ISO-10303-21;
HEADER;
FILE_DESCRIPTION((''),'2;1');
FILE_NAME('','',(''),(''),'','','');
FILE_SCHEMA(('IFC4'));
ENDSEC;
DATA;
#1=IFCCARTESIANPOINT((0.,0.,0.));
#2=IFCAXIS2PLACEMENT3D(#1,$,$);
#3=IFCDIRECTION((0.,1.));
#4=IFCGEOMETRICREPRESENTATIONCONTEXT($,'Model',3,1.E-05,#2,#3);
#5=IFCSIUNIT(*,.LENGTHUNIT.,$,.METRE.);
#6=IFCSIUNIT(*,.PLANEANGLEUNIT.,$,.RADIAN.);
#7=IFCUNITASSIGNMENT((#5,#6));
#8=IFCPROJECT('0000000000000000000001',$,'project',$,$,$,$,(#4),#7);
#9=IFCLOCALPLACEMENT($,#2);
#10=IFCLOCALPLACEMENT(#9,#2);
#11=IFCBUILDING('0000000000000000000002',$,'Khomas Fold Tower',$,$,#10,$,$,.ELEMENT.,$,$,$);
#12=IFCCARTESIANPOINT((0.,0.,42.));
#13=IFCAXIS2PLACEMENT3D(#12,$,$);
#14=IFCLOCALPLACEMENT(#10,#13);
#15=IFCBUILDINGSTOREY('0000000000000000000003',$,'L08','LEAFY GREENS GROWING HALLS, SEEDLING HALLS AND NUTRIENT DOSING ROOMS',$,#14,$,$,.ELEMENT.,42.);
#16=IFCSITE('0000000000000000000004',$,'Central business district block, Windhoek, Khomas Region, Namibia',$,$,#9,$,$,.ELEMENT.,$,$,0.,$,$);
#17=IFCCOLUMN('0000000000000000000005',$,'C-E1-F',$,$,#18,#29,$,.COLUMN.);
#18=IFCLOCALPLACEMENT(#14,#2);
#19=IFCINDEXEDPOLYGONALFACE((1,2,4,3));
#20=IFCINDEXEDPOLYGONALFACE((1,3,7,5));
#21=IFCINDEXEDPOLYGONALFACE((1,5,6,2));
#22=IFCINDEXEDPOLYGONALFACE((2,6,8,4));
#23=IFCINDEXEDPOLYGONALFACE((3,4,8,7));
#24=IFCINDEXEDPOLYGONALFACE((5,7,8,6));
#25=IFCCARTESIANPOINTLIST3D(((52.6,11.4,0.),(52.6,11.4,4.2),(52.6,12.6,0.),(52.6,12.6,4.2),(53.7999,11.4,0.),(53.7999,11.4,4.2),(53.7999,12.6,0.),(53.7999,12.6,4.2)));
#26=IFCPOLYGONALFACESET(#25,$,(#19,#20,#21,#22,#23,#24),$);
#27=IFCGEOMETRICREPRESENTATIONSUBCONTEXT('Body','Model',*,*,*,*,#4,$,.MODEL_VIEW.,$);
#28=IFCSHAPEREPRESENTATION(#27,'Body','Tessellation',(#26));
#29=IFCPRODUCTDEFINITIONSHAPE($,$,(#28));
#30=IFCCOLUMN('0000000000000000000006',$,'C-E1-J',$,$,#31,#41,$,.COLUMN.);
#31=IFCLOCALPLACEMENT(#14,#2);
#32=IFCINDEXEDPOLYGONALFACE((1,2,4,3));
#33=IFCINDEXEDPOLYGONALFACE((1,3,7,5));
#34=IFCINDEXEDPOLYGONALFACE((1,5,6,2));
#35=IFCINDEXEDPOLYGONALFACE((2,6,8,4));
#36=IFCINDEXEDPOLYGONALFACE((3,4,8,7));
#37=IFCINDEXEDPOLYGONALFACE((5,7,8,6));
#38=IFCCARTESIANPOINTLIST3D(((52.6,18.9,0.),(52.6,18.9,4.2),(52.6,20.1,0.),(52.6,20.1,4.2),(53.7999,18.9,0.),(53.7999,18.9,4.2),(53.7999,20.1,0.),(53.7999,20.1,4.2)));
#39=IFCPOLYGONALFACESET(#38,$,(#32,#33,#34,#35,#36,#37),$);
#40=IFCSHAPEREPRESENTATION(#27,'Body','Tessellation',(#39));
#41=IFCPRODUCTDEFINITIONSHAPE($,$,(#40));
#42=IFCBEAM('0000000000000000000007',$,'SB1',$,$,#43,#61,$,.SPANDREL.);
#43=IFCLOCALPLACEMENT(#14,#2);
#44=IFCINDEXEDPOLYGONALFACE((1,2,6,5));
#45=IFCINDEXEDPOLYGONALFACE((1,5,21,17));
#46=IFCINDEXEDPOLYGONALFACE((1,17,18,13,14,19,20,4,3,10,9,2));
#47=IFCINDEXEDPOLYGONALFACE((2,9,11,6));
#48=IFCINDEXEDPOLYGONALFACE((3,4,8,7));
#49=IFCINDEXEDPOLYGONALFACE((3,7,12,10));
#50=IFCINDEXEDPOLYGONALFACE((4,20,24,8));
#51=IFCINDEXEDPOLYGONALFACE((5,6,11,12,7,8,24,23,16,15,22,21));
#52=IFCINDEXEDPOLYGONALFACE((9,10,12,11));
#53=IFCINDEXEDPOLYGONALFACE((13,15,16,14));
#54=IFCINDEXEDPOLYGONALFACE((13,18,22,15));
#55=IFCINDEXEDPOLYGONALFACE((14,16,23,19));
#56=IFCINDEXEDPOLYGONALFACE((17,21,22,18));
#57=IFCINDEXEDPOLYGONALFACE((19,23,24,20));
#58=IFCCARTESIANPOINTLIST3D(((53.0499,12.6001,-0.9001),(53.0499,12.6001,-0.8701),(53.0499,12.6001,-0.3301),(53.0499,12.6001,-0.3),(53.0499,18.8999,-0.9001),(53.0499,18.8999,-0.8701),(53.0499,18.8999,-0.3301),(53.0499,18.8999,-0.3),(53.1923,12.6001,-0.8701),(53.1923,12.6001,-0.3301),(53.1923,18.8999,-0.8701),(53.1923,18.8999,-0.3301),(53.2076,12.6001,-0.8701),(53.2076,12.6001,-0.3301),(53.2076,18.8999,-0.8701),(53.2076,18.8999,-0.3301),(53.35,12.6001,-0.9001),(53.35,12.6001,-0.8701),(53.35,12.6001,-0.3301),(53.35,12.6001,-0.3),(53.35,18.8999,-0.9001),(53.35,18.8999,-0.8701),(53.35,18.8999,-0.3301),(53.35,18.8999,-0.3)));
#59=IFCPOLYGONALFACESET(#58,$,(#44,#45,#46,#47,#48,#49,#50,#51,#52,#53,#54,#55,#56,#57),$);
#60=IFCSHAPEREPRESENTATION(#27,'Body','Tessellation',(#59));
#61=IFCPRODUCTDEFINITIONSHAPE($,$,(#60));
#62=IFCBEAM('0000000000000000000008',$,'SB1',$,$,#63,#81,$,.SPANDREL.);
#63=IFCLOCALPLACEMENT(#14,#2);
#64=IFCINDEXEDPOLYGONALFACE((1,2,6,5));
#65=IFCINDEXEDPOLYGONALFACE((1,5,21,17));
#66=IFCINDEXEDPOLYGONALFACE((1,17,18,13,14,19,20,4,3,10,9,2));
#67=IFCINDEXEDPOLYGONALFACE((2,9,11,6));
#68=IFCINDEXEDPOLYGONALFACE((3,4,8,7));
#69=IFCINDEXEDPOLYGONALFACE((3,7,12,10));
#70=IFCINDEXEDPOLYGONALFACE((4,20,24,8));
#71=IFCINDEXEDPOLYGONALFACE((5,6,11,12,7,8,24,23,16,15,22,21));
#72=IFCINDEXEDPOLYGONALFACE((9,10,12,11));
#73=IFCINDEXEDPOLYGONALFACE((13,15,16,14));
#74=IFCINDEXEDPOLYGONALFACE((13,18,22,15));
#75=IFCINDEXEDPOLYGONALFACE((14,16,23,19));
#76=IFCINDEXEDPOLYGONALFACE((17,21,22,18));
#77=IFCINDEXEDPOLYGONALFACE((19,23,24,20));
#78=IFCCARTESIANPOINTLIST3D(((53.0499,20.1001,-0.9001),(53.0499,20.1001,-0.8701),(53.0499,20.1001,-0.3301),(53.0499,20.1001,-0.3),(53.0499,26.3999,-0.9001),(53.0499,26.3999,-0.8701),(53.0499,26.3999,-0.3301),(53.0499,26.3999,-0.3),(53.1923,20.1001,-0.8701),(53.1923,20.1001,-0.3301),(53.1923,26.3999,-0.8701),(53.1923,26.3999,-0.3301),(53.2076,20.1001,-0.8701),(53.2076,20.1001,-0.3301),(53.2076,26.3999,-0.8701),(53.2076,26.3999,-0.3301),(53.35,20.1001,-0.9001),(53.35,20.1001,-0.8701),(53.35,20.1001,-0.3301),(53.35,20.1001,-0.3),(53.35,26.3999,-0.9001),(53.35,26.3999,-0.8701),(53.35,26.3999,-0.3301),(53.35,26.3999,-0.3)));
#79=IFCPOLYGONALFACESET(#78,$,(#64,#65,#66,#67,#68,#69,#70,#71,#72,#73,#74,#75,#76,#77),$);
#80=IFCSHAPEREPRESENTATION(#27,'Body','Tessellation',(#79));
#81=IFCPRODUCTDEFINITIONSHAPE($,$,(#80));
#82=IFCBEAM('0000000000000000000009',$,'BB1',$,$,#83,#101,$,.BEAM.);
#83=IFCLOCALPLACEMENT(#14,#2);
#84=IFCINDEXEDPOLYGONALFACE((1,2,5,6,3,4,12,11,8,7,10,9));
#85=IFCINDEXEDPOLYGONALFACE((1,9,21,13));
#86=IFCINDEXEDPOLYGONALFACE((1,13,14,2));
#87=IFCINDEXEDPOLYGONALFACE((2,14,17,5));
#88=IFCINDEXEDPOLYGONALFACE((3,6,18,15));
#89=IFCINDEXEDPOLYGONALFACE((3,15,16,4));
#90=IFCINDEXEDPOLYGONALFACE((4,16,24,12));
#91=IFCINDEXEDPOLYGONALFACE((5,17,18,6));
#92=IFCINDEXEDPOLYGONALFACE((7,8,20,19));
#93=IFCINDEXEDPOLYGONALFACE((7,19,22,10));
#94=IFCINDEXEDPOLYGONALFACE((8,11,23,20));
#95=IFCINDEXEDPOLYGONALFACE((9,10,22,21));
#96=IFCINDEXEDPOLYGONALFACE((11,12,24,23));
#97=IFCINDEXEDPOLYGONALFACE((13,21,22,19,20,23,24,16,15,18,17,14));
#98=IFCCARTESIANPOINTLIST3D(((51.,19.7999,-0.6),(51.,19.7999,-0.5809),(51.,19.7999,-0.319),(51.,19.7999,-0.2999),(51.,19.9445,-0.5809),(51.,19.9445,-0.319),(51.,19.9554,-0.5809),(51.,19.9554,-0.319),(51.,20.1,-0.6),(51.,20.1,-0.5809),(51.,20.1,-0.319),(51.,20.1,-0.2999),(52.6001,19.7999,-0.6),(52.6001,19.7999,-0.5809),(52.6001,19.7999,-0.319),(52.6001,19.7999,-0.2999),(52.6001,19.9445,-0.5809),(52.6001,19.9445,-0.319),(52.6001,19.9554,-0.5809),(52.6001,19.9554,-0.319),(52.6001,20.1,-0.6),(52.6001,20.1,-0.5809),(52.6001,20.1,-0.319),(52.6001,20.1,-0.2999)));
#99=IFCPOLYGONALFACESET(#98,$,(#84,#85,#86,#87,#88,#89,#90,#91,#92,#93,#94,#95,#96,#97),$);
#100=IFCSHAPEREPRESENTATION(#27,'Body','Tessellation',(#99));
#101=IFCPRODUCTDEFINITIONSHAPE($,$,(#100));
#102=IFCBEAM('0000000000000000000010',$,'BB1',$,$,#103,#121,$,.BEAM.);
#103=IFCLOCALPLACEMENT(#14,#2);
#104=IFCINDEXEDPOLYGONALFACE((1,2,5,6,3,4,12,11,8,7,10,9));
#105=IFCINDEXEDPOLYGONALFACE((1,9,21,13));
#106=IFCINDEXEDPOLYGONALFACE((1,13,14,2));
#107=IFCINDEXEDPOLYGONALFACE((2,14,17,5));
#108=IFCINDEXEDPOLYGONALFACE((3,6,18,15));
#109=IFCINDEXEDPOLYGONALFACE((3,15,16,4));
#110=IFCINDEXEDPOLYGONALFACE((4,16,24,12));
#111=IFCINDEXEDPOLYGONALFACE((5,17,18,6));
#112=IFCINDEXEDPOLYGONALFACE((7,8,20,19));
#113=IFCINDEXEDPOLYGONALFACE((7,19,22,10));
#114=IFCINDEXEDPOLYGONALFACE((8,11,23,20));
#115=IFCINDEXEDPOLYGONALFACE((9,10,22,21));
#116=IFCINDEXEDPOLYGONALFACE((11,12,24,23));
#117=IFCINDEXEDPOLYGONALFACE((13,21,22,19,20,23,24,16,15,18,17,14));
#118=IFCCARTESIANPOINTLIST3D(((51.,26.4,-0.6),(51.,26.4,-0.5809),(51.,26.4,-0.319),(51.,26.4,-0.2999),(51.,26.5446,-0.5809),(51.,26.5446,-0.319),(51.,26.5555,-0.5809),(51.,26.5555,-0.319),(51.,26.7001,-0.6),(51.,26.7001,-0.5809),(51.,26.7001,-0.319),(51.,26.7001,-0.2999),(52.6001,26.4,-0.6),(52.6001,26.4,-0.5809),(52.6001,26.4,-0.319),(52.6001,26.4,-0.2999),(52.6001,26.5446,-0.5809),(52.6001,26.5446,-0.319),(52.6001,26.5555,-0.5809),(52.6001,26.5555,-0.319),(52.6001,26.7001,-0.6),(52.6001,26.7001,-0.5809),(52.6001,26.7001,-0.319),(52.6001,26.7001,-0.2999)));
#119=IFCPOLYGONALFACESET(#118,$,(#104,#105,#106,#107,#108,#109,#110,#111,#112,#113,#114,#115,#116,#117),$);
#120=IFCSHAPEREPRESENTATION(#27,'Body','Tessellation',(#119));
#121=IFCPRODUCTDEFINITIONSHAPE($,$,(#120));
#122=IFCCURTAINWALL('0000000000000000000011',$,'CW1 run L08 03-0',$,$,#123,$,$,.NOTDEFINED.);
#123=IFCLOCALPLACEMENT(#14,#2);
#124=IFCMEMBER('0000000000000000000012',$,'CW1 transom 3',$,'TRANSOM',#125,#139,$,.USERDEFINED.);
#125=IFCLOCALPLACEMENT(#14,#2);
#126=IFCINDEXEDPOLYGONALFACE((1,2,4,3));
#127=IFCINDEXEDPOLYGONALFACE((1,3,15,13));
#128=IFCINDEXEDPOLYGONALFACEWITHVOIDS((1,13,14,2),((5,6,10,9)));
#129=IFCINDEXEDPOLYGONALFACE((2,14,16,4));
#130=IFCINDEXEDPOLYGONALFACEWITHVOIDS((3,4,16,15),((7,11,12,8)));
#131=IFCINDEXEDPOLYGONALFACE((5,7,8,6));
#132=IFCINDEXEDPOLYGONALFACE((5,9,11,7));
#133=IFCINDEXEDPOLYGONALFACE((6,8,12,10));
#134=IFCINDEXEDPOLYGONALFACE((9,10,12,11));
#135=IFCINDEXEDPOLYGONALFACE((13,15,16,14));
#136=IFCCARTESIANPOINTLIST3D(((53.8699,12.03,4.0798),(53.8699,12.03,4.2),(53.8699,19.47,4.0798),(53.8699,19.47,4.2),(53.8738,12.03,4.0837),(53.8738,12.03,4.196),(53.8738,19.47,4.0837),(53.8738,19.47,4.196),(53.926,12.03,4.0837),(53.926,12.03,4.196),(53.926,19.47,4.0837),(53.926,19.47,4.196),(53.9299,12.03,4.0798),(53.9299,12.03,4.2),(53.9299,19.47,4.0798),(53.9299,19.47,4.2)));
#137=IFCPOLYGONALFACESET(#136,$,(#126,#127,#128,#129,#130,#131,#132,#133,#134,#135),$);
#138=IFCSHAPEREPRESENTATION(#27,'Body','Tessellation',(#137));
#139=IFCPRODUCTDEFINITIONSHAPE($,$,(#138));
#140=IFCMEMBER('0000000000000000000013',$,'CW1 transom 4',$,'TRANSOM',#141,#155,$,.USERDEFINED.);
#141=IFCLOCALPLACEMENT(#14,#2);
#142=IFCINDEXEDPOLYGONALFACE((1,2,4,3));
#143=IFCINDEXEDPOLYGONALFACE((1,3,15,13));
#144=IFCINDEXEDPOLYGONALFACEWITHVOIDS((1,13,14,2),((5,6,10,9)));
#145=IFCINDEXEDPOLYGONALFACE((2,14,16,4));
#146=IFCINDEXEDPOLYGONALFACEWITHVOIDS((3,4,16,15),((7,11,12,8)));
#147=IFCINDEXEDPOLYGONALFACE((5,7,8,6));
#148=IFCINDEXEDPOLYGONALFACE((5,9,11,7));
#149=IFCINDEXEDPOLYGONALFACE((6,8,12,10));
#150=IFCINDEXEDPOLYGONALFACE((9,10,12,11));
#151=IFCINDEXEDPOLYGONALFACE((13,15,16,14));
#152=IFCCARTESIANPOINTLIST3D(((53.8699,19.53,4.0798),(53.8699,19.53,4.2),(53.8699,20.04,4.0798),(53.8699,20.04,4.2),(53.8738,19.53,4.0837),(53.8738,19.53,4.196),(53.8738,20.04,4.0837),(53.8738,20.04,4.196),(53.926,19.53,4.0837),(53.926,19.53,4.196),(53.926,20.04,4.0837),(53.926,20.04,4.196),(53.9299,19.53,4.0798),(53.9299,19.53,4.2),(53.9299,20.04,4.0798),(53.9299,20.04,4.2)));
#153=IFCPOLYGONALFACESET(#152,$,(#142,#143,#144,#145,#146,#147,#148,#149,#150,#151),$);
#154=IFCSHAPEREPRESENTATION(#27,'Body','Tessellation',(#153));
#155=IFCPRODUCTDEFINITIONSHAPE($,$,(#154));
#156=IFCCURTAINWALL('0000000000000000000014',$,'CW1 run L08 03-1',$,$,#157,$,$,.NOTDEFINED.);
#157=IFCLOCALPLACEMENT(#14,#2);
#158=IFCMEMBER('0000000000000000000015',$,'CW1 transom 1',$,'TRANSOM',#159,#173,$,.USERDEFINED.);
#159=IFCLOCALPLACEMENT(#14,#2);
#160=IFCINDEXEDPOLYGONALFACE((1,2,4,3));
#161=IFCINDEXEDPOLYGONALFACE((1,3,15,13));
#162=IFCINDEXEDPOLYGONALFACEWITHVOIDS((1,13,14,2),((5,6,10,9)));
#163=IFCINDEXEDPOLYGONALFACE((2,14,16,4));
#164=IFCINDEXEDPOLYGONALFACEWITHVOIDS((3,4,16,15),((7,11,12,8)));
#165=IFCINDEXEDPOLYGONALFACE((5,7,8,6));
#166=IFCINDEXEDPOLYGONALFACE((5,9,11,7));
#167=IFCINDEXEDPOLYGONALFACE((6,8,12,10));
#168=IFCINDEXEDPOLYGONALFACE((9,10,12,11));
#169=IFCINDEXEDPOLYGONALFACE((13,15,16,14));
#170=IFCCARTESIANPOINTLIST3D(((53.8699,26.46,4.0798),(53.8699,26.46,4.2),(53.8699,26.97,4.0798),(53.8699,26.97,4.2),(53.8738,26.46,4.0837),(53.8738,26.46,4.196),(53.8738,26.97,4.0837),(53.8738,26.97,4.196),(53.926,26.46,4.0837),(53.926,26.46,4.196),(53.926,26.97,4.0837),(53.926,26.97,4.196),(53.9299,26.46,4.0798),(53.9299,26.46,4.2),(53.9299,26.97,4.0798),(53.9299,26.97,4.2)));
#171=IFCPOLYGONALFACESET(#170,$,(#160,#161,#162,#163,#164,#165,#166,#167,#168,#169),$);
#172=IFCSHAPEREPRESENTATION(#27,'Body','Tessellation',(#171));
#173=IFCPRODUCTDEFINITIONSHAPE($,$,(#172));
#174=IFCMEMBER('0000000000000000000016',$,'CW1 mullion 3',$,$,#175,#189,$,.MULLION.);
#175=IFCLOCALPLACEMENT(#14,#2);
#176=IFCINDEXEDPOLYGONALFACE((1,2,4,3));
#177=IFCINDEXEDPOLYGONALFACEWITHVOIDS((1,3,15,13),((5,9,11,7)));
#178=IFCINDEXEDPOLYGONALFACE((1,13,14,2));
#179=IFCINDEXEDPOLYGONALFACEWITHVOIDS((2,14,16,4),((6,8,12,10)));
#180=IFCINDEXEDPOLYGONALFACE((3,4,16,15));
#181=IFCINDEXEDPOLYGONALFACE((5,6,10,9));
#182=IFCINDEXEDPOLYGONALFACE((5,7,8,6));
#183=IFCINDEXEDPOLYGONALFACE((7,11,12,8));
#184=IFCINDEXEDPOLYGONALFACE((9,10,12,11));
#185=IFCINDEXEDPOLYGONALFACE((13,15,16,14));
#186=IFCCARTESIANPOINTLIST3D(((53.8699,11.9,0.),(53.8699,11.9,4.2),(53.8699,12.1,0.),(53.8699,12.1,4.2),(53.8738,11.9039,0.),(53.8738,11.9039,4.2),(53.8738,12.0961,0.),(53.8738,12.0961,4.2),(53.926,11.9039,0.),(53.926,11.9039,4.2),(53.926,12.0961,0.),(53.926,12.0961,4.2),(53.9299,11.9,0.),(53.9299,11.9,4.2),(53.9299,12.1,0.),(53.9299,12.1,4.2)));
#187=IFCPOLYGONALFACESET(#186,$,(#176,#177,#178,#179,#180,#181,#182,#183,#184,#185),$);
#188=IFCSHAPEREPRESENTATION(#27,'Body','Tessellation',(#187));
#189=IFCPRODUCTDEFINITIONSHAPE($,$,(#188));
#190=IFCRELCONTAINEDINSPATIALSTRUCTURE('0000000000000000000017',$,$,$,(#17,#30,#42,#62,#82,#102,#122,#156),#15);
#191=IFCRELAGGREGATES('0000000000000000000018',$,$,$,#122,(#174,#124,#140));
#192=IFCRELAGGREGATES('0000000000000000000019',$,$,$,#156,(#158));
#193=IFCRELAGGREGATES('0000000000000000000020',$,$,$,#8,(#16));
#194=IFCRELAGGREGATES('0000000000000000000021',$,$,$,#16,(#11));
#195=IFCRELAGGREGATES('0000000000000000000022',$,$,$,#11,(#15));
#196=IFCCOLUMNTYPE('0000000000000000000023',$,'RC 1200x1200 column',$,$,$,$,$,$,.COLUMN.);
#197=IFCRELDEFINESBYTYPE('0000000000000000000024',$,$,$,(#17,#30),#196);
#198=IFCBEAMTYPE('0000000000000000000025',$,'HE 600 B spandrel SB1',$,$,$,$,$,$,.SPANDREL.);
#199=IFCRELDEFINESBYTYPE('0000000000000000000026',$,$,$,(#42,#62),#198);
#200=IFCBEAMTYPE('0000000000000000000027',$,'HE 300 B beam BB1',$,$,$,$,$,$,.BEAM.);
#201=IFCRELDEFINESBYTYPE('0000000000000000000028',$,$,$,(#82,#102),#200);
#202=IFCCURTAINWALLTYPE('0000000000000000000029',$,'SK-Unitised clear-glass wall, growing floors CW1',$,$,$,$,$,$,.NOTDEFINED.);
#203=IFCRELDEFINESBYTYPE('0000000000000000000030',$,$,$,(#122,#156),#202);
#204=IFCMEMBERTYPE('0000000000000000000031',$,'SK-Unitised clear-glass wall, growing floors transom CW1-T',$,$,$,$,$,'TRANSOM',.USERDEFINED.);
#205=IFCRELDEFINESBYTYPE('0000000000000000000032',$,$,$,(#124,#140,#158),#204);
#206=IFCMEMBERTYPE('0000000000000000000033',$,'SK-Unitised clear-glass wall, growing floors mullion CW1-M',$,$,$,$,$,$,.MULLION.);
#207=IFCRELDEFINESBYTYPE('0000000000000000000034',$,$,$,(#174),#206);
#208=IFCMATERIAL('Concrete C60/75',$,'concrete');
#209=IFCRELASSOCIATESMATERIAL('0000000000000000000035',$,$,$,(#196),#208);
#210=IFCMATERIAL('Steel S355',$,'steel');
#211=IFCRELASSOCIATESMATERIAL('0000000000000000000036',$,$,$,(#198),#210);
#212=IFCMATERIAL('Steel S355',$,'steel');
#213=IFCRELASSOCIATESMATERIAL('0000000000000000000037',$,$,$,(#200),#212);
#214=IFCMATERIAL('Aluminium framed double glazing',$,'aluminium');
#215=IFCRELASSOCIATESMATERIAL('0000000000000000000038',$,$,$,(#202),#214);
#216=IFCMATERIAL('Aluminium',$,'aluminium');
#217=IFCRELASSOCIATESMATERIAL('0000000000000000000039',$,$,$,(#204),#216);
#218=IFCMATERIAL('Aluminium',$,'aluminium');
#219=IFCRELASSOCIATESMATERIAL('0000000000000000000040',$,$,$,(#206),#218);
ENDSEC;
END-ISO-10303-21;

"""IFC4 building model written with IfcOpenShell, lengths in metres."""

from ifc_helpers import new_model, si_unit, direction, frame, origin, origin_2d, place, context, subcontext, project, spatial, rectangle, hollow_rectangle, i_section, extrude, source, transform, mapped, material, material_profile, profile_set, type_object, element, aggregate, save


model = new_model("IFC4")

# Units and contexts
model_context = context("Model", 3, precision=1e-05, world=origin(), true_north=direction((0.0, 1.0)))
body_context = subcontext(model_context, "Body", "Model", "MODEL_VIEW")
ifc_project = project(units=[si_unit("LENGTHUNIT", "METRE"), si_unit("PLANEANGLEUNIT", "RADIAN")], contexts=[model_context])

# Site, building, storey
site_placement = place(None, origin())
site = spatial("IfcSite", under=ifc_project, at=site_placement, Name="Central business district block, Windhoek, Khomas Region, Namibia", CompositionType="ELEMENT", RefElevation=0.0)
building_placement = place(site_placement, origin())
building = spatial("IfcBuilding", under=site, at=building_placement, Name="Khomas Fold Tower", CompositionType="ELEMENT")
storey_placement = place(building_placement, frame((0.0, 0.0, 42.0)))
storey = spatial("IfcBuildingStorey", under=building, at=storey_placement, Name="L08", Description="LEAFY GREENS GROWING HALLS, SEEDLING HALLS AND NUTRIENT DOSING ROOMS", CompositionType="ELEMENT", Elevation=42.0)

# Columns
ifc_material_1 = material(Name="Concrete C60/75", Category="concrete")
ifc_material_profile_1 = material_profile(ifc_material_1, rectangle(XDim=1.2, YDim=1.2, at=origin_2d()), Name="RC 1200x1200")
ifc_profile_set_1 = profile_set([ifc_material_profile_1], Name="Concrete C60/75")
column_type = type_object("IfcColumnType", Name="RC 1200x1200 column", PredefinedType="COLUMN", material=ifc_profile_set_1)
shared_shape_1 = source(origin(), body_context, "Body", "SweptSolid", [
    extrude(rectangle(XDim=1.2, YDim=1.2, at=origin_2d()), origin(), (0.0, 0.0, 1.0), 4.2),
])
for number, where, z_axis, x_axis, name in (
    (1, (53.2, 12.0, 0.0), (0.0, 0.0, 1.0), (1.0, 0.0, 0.0), "C-E1-F"),
    (2, (53.2, 19.5, 0.0), (0.0, 0.0, 1.0), (1.0, 0.0, 0.0), "C-E1-J"),
):
    element("IfcColumn", number, at=place(storey_placement, frame(where, z_axis=z_axis, x_axis=x_axis)), inside=storey, type_object=column_type, Name=name, PredefinedType="COLUMN", context=body_context, shape_type="MappedRepresentation", body=[
        mapped(shared_shape_1, transform((0.0, 0.0, 0.0))),
    ])

# Beams
ifc_material_2 = material(Name="Steel S355", Category="steel")
ifc_material_profile_2 = material_profile(ifc_material_2, i_section(OverallWidth=0.3, OverallDepth=0.6001, WebThickness=0.0154, FlangeThickness=0.03, at=origin_2d()), Name="HE 600 B")
ifc_profile_set_2 = profile_set([ifc_material_profile_2], Name="Steel S355")
beam_type_1 = type_object("IfcBeamType", Name="HE 600 B spandrel SB1", PredefinedType="SPANDREL", material=ifc_profile_set_2)
shared_shape_2 = source(origin(), body_context, "Body", "SweptSolid", [
    extrude(i_section(OverallWidth=0.3, OverallDepth=0.6001, WebThickness=0.0154, FlangeThickness=0.03, at=origin_2d()), origin(), (0.0, 0.0, 1.0), 6.2998),
])
for number, where, z_axis, x_axis, name in (
    (3, (53.2, 12.6001, -0.6001), (0.0, 1.0, 0.0), (-1.0, 0.0, 0.0), "SB1"),
    (4, (53.2, 20.1001, -0.6001), (0.0, 1.0, 0.0), (-1.0, 0.0, 0.0), "SB1"),
):
    element("IfcBeam", number, at=place(storey_placement, frame(where, z_axis=z_axis, x_axis=x_axis)), inside=storey, type_object=beam_type_1, Name=name, PredefinedType="SPANDREL", context=body_context, shape_type="MappedRepresentation", body=[
        mapped(shared_shape_2, transform((0.0, 0.0, 0.0))),
    ])
ifc_material_3 = material(Name="Steel S355", Category="steel")
ifc_material_profile_3 = material_profile(ifc_material_3, i_section(OverallWidth=0.3, OverallDepth=0.3, WebThickness=0.011, FlangeThickness=0.019, at=origin_2d()), Name="HE 300 B")
ifc_profile_set_3 = profile_set([ifc_material_profile_3], Name="Steel S355")
beam_type_2 = type_object("IfcBeamType", Name="HE 300 B beam BB1", PredefinedType="BEAM", material=ifc_profile_set_3)
shared_shape_3 = source(origin(), body_context, "Body", "SweptSolid", [
    extrude(i_section(OverallWidth=0.3, OverallDepth=0.3, WebThickness=0.011, FlangeThickness=0.019, at=origin_2d()), origin(), (0.0, 0.0, 1.0), 1.6001),
])
for number, where, z_axis, x_axis, name in (
    (5, (51.0, 19.95, -0.45), (1.0, 0.0, 0.0), (0.0, 1.0, 0.0), "BB1"),
    (6, (51.0, 26.55, -0.45), (1.0, 0.0, 0.0), (0.0, 1.0, 0.0), "BB1"),
):
    element("IfcBeam", number, at=place(storey_placement, frame(where, z_axis=z_axis, x_axis=x_axis)), inside=storey, type_object=beam_type_2, Name=name, PredefinedType="BEAM", context=body_context, shape_type="MappedRepresentation", body=[
        mapped(shared_shape_3, transform((0.0, 0.0, 0.0))),
    ])

# Curtain wall, members
ifc_material_4 = material(Name="Aluminium framed double glazing", Category="aluminium")
curtain_wall_type = type_object("IfcCurtainWallType", Name="SK-Unitised clear-glass wall, growing floors CW1", PredefinedType="NOTDEFINED", material=ifc_material_4)
curtain_wall_1_placement = place(storey_placement, origin())
curtain_wall_1 = element("IfcCurtainWall", 7, at=curtain_wall_1_placement, inside=storey, type_object=curtain_wall_type, Name="CW1 run L08 03-0", PredefinedType="NOTDEFINED")
ifc_material_5 = material(Name="Aluminium", Category="aluminium")
ifc_material_profile_4 = material_profile(ifc_material_5, hollow_rectangle(XDim=0.0601, YDim=0.1201, WallThickness=0.0039, at=origin_2d()), Name="SK-Unitised clear-glass wall, growing floors transom CW1-T")
ifc_profile_set_4 = profile_set([ifc_material_profile_4], Name="Aluminium")
member_type_1 = type_object("IfcMemberType", Name="SK-Unitised clear-glass wall, growing floors transom CW1-T", ElementType="TRANSOM", PredefinedType="USERDEFINED", material=ifc_profile_set_4)
shared_shape_4 = source(origin(), body_context, "Body", "SweptSolid", [
    extrude(hollow_rectangle(XDim=0.0601, YDim=0.1201, WallThickness=0.0039, at=origin_2d()), origin(), (0.0, 0.0, 1.0), 7.4399),
])
member_1_placement = place(storey_placement, frame((53.8999, 12.03, 4.1399), z_axis=(0.0, 1.0, 0.0), x_axis=(-1.0, 0.0, 0.0)))
member_1 = element("IfcMember", 8, at=member_1_placement, type_object=member_type_1, Name="CW1 transom 3", ObjectType="TRANSOM", PredefinedType="USERDEFINED", context=body_context, shape_type="MappedRepresentation", body=[
    mapped(shared_shape_4, transform((0.0, 0.0, 0.0))),
])
shared_shape_5 = source(origin(), body_context, "Body", "SweptSolid", [
    extrude(hollow_rectangle(XDim=0.0601, YDim=0.1201, WallThickness=0.0039, at=origin_2d()), origin(), (0.0, 0.0, 1.0), 0.51),
])
member_2_placement = place(storey_placement, frame((53.8999, 19.53, 4.1399), z_axis=(0.0, 1.0, 0.0), x_axis=(-1.0, 0.0, 0.0)))
member_2 = element("IfcMember", 9, at=member_2_placement, type_object=member_type_1, Name="CW1 transom 4", ObjectType="TRANSOM", PredefinedType="USERDEFINED", context=body_context, shape_type="MappedRepresentation", body=[
    mapped(shared_shape_5, transform((0.0, 0.0, 0.0))),
])

# Curtain wall, member
curtain_wall_2_placement = place(storey_placement, origin())
curtain_wall_2 = element("IfcCurtainWall", 10, at=curtain_wall_2_placement, inside=storey, type_object=curtain_wall_type, Name="CW1 run L08 03-1", PredefinedType="NOTDEFINED")
member_3_placement = place(storey_placement, frame((53.8999, 26.46, 4.1399), z_axis=(0.0, 1.0, 0.0), x_axis=(-1.0, 0.0, 0.0)))
member_3 = element("IfcMember", 11, at=member_3_placement, type_object=member_type_1, Name="CW1 transom 1", ObjectType="TRANSOM", PredefinedType="USERDEFINED", context=body_context, shape_type="MappedRepresentation", body=[
    mapped(shared_shape_5, transform((0.0, 0.0, 0.0))),
])

# Member
ifc_material_6 = material(Name="Aluminium", Category="aluminium")
ifc_material_profile_5 = material_profile(ifc_material_6, hollow_rectangle(XDim=0.0601, YDim=0.2, WallThickness=0.0039, at=origin_2d()), Name="SK-Unitised clear-glass wall, growing floors mullion CW1-M")
ifc_profile_set_5 = profile_set([ifc_material_profile_5], Name="Aluminium")
member_type_2 = type_object("IfcMemberType", Name="SK-Unitised clear-glass wall, growing floors mullion CW1-M", PredefinedType="MULLION", material=ifc_profile_set_5)
shared_shape_6 = source(origin(), body_context, "Body", "SweptSolid", [
    extrude(hollow_rectangle(XDim=0.0601, YDim=0.2, WallThickness=0.0039, at=origin_2d()), origin(), (0.0, 0.0, 1.0), 4.2),
])
member_4_placement = place(storey_placement, frame((53.8999, 12.0, 0.0), z_axis=(0.0, 0.0, 1.0), x_axis=(-1.0, 0.0, 0.0)))
member_4 = element("IfcMember", 12, at=member_4_placement, type_object=member_type_2, Name="CW1 mullion 3", PredefinedType="MULLION", context=body_context, shape_type="MappedRepresentation", body=[
    mapped(shared_shape_6, transform((0.0, 0.0, 0.0))),
])

aggregate(curtain_wall_1, [member_4, member_1, member_2])
aggregate(curtain_wall_2, [member_3])

save(model, "model.ifc")
